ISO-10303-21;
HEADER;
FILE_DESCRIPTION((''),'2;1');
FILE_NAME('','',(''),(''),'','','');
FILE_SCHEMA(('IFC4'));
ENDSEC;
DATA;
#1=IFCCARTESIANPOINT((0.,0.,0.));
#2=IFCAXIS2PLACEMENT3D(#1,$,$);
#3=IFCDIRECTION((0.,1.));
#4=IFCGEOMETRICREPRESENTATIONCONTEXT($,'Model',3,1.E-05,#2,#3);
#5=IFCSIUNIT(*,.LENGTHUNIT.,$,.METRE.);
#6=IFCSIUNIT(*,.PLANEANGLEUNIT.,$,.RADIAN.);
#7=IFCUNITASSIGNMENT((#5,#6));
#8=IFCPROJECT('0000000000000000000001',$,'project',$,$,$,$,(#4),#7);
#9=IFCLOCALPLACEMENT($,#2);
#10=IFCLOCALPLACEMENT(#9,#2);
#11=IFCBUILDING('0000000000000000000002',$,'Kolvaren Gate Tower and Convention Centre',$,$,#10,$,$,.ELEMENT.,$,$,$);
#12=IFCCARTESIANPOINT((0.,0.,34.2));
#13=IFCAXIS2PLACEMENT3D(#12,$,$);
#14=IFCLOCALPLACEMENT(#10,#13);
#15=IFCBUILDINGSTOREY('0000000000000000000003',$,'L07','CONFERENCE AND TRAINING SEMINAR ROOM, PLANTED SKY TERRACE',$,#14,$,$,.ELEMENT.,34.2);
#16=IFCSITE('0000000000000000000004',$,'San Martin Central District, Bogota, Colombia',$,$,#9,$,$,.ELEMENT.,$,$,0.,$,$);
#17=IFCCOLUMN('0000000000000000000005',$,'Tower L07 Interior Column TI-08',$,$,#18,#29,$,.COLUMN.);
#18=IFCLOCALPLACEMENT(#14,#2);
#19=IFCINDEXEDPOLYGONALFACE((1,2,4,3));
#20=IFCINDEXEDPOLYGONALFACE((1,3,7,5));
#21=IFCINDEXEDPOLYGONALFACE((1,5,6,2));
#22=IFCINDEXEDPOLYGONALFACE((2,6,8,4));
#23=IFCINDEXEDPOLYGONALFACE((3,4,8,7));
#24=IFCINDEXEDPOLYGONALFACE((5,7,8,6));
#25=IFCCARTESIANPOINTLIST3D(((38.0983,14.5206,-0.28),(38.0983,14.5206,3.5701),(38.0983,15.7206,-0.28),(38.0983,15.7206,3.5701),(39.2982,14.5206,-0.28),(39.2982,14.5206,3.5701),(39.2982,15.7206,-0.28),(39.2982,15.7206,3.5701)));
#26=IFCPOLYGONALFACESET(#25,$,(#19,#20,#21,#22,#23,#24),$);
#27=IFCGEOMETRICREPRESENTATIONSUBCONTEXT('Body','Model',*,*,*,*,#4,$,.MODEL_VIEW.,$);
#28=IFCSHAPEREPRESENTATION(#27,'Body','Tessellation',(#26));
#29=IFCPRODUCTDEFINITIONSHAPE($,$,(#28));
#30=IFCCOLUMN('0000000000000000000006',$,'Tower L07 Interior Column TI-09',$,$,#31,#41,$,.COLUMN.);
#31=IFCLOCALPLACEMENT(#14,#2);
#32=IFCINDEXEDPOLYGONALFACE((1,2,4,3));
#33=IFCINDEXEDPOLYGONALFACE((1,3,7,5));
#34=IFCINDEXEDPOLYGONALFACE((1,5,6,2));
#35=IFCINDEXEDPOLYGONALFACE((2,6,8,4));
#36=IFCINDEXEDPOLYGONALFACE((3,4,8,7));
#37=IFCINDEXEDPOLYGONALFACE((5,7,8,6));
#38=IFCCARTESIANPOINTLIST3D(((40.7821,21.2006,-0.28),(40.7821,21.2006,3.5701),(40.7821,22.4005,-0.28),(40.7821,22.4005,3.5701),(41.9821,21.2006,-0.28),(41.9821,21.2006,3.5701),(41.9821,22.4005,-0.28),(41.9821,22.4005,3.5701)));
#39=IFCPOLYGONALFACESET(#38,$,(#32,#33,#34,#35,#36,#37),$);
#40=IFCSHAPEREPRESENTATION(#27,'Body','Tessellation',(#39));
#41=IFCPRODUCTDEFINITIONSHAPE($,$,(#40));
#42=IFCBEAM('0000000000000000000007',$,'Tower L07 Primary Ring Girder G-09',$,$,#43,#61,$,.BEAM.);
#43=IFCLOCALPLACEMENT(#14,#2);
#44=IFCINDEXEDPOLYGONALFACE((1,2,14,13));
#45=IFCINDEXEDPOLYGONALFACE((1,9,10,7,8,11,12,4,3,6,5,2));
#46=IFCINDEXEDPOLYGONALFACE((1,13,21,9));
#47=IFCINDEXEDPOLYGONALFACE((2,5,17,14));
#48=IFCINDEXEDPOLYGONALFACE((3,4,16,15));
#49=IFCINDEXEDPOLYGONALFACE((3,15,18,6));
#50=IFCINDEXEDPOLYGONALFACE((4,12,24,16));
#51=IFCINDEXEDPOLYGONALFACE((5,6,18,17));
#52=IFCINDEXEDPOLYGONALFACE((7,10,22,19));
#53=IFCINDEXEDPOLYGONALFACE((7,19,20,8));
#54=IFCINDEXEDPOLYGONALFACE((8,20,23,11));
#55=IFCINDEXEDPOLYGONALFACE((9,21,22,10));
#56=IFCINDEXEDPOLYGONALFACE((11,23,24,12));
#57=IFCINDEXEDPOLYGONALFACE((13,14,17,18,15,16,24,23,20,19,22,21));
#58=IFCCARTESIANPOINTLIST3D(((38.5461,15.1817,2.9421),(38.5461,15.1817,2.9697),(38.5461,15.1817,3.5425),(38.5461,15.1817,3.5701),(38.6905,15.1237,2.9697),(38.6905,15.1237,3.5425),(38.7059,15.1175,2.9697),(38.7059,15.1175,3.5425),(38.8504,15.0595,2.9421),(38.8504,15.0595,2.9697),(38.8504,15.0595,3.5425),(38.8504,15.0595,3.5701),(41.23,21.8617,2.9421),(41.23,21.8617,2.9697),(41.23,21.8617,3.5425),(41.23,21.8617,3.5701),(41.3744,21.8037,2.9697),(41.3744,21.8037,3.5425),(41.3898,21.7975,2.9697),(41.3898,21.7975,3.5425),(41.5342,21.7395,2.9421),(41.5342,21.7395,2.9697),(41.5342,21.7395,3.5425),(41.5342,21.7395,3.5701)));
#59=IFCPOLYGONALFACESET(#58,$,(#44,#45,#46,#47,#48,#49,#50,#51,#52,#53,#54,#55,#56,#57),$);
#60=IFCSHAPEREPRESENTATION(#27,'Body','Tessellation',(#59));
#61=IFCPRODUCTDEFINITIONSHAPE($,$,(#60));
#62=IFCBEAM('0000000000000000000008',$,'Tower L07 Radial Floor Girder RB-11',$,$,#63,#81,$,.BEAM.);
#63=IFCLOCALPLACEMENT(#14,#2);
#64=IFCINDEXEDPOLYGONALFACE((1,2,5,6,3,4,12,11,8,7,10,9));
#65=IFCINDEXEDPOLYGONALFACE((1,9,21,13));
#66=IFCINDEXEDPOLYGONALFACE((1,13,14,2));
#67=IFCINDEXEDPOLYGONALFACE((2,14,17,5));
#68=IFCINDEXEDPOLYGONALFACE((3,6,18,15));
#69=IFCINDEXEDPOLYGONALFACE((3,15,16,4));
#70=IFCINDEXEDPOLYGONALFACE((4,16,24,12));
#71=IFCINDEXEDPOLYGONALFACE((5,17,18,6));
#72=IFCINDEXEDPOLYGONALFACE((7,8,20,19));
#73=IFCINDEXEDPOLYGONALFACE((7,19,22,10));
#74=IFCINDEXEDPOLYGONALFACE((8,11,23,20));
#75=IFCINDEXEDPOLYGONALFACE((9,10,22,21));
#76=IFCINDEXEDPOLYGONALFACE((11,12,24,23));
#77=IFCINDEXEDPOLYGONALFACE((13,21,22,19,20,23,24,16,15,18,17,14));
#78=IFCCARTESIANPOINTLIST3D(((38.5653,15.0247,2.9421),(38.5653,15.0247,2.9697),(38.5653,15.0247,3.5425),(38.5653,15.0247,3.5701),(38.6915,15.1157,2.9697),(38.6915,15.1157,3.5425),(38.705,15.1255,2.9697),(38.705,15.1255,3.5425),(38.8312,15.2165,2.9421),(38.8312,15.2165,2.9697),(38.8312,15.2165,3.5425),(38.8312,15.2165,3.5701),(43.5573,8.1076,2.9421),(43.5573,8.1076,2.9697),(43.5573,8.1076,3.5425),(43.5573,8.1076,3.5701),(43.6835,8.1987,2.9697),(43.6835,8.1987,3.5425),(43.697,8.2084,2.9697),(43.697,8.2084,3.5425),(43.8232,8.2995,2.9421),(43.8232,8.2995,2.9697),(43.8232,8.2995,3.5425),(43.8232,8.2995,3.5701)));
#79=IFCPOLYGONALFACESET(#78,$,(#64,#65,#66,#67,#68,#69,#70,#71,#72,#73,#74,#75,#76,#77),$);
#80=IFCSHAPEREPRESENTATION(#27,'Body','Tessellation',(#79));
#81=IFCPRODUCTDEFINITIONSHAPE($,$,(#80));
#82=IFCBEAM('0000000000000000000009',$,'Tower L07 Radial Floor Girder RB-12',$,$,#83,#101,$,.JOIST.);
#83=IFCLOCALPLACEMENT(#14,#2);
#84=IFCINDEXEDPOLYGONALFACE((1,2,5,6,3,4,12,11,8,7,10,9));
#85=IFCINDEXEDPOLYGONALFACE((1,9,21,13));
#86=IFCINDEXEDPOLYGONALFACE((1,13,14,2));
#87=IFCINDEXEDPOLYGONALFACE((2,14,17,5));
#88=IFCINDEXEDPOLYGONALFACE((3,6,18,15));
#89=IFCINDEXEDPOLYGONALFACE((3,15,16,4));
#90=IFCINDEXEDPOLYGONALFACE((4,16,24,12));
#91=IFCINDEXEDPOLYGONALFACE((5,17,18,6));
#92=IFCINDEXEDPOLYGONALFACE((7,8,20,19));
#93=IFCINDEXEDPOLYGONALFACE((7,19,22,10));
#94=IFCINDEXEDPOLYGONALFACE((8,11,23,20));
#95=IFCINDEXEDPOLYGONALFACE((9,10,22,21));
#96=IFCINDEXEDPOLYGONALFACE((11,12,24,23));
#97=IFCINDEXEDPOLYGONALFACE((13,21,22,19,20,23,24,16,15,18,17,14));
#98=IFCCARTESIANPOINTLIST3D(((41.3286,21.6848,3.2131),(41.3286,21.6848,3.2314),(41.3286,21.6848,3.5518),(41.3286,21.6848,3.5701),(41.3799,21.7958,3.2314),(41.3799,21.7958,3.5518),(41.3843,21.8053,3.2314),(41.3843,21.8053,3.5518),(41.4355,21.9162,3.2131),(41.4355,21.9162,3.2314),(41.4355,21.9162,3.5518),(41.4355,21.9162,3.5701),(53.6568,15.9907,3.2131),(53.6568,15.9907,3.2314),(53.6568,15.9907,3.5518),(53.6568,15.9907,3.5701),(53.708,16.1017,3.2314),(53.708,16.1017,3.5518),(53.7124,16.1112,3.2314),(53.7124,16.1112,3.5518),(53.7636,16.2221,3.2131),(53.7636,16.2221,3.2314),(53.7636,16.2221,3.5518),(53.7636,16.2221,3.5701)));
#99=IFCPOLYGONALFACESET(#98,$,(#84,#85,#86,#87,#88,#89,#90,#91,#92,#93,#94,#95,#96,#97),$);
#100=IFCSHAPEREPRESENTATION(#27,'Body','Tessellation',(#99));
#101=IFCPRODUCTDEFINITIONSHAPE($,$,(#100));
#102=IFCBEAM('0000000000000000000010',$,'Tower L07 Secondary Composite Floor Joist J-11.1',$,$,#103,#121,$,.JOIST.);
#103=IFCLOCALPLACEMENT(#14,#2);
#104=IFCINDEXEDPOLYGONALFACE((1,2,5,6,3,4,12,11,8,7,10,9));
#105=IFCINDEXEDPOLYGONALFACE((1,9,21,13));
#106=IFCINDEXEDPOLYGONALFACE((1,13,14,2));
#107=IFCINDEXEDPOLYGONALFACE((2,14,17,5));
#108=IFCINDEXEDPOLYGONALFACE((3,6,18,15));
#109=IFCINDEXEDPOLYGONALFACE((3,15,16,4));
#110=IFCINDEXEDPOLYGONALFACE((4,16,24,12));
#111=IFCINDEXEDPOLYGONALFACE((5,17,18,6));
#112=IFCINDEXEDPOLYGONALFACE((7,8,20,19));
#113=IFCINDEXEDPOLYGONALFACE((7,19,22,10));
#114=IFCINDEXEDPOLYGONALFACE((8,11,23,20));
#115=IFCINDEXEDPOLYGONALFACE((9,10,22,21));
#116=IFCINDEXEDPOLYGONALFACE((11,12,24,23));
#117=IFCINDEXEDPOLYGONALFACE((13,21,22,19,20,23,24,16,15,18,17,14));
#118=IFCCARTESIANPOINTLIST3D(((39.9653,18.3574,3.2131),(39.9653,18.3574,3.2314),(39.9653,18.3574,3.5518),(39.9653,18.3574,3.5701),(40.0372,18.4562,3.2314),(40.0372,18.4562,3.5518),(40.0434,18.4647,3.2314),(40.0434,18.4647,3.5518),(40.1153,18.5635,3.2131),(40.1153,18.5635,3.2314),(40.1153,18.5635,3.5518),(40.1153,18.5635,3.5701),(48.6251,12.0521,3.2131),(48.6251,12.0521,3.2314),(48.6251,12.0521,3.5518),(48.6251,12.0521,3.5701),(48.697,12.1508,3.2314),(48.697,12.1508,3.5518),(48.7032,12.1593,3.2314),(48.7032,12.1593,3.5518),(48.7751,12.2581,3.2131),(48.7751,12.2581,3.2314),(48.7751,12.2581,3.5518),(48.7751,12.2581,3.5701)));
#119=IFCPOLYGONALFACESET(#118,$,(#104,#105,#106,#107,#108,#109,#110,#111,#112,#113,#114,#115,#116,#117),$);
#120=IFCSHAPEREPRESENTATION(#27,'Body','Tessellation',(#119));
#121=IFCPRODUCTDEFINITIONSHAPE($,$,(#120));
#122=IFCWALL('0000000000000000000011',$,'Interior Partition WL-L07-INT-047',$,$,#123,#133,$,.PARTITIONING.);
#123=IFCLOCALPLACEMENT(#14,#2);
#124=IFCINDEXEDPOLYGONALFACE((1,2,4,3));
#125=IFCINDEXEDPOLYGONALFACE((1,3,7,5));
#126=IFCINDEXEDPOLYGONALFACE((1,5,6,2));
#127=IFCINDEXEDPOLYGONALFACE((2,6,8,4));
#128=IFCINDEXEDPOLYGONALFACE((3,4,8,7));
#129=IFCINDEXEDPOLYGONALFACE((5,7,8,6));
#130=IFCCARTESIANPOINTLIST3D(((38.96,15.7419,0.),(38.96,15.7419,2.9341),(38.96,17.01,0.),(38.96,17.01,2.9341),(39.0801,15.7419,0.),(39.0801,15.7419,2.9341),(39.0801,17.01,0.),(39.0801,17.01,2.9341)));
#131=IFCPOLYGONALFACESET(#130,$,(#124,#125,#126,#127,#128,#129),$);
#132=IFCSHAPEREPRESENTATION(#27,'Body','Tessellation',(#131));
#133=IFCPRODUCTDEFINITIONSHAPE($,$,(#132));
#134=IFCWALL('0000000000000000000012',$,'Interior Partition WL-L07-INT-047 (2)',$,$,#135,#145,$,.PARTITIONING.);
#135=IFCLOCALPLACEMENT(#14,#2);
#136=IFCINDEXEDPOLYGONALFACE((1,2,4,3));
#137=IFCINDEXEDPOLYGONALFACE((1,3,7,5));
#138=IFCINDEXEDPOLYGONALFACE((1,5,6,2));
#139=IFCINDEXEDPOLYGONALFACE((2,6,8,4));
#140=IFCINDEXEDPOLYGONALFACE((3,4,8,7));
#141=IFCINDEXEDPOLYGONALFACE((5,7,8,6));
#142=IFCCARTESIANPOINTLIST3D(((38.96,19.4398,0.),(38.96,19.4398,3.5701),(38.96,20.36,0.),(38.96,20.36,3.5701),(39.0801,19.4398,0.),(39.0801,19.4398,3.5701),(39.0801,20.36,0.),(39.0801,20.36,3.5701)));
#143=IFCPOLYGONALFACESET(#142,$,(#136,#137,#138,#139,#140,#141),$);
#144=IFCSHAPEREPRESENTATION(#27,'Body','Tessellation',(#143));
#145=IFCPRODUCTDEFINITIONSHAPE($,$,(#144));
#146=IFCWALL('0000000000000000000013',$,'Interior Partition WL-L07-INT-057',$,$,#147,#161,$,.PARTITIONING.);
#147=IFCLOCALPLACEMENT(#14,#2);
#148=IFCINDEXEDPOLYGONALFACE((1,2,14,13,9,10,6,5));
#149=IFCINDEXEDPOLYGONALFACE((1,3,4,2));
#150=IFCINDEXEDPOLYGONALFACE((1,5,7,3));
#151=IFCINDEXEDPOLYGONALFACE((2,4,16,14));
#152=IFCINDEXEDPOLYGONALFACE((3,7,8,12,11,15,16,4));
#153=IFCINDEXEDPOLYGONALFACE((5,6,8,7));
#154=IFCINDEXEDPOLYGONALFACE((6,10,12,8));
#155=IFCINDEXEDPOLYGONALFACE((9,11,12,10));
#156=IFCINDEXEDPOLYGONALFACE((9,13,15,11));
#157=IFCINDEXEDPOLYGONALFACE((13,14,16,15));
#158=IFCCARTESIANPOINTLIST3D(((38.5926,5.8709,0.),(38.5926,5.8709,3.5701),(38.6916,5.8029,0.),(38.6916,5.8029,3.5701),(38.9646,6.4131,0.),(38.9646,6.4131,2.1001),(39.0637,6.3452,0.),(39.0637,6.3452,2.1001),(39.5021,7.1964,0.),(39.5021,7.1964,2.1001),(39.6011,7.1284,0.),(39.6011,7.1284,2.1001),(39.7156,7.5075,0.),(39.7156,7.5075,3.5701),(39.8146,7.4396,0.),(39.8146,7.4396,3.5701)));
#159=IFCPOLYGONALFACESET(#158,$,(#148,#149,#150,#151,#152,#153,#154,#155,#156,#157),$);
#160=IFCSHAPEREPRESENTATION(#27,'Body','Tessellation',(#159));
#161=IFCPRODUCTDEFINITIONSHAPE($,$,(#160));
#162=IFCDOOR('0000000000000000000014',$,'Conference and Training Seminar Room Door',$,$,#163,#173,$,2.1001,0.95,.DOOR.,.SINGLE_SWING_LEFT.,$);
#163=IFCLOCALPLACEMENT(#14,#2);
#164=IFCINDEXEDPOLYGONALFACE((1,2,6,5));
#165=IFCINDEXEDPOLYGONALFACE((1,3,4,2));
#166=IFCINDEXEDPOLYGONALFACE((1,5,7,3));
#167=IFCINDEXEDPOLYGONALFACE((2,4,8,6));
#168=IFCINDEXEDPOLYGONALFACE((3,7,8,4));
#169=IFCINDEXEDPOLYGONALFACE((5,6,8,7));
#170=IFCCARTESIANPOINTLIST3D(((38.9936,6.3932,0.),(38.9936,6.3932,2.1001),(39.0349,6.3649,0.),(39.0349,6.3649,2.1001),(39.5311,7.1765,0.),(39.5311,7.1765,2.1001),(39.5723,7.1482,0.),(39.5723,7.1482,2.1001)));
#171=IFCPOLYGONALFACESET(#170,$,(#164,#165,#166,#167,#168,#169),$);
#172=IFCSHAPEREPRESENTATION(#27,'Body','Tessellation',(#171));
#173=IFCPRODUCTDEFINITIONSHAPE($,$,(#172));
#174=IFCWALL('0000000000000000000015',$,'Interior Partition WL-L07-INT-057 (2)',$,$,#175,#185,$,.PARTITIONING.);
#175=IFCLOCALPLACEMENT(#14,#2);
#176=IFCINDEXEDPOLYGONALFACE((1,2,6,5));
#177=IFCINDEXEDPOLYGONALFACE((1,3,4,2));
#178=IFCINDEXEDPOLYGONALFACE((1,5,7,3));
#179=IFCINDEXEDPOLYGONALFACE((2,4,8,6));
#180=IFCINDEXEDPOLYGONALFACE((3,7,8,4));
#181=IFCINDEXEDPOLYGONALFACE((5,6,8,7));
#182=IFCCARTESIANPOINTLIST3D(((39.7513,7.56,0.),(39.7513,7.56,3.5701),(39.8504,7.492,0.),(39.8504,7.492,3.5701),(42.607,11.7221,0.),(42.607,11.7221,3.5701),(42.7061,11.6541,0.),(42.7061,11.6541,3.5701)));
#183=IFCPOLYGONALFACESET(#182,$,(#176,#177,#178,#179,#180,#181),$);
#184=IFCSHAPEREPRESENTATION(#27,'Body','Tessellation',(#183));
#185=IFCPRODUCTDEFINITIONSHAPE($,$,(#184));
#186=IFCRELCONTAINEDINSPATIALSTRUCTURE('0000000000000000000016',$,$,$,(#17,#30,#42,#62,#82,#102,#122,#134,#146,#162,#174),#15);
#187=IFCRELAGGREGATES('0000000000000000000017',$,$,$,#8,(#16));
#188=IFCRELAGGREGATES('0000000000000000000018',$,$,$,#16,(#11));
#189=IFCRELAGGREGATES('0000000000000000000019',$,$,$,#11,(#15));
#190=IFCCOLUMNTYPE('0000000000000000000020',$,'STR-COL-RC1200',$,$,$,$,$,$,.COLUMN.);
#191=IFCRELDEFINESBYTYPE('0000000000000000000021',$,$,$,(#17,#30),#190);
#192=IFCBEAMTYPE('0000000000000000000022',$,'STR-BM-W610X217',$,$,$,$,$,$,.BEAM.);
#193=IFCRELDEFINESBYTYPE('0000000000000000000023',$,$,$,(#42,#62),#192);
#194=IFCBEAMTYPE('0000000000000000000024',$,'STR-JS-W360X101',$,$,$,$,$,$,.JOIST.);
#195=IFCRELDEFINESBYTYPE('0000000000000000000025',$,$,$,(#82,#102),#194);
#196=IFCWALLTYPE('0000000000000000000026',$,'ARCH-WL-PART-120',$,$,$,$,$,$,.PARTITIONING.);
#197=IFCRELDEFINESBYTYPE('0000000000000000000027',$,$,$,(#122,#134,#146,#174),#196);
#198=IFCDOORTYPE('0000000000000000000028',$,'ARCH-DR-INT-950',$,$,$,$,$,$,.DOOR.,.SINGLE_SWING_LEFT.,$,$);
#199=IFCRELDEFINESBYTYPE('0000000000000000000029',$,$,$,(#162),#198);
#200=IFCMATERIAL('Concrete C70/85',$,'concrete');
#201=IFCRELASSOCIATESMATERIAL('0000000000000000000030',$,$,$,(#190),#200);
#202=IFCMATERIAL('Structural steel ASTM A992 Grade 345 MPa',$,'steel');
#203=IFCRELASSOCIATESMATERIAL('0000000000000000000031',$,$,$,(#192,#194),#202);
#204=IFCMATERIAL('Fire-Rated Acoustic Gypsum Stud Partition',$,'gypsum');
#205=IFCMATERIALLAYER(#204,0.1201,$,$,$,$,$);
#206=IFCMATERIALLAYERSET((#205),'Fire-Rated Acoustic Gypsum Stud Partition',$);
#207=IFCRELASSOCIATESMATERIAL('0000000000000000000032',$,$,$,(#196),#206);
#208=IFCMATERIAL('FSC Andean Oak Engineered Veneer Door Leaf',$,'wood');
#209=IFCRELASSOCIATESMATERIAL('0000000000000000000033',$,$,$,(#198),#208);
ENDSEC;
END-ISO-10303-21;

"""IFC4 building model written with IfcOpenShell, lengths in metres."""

from ifc_helpers import new_model, si_unit, direction, frame, frame_2d, origin, origin_2d, place, context, subcontext, project, spatial, rectangle, i_section, extrude, material, layer, layer_set, material_profile, profile_set, type_object, element, fill, save


model = new_model("IFC4")

# Units and contexts
model_context = context("Model", 3, precision=1e-05, world=origin(), true_north=direction((0.0, 1.0)))
body_context = subcontext(model_context, "Body", "Model", "MODEL_VIEW")
ifc_project = project(units=[si_unit("LENGTHUNIT", "METRE"), si_unit("PLANEANGLEUNIT", "RADIAN")], contexts=[model_context])

# Site, building, storey
site_placement = place(None, origin())
site = spatial("IfcSite", under=ifc_project, at=site_placement, Name="San Martin Central District, Bogota, Colombia", CompositionType="ELEMENT", RefElevation=0.0)
building_placement = place(site_placement, origin())
building = spatial("IfcBuilding", under=site, at=building_placement, Name="Kolvaren Gate Tower and Convention Centre", CompositionType="ELEMENT")
storey_placement = place(building_placement, frame((0.0, 0.0, 34.2)))
storey = spatial("IfcBuildingStorey", under=building, at=storey_placement, Name="L07", Description="CONFERENCE AND TRAINING SEMINAR ROOM, PLANTED SKY TERRACE", CompositionType="ELEMENT", Elevation=34.2)

# Columns
ifc_material_1 = material(Name="Concrete C70/85", Category="concrete")
ifc_material_profile_1 = material_profile(ifc_material_1, rectangle(XDim=1.2, YDim=1.2, at=origin_2d()), Name="RC-COL-1200X1200")
ifc_profile_set_1 = profile_set([ifc_material_profile_1], Name="Concrete C70/85")
column_type = type_object("IfcColumnType", Name="STR-COL-RC1200", PredefinedType="COLUMN", material=ifc_profile_set_1)
for number, where, z_axis, x_axis, name in (
    (1, (38.6982, 15.1206, -0.28), (0.0, 0.0, 1.0), (1.0, 0.0, 0.0), "Tower L07 Interior Column TI-08"),
    (2, (41.3821, 21.8005, -0.28), (0.0, 0.0, 1.0), (1.0, 0.0, 0.0), "Tower L07 Interior Column TI-09"),
):
    element("IfcColumn", number, at=place(storey_placement, frame(where, z_axis=z_axis, x_axis=x_axis)), inside=storey, type_object=column_type, Name=name, PredefinedType="COLUMN", context=body_context, shape_type="SweptSolid", body=[
        extrude(rectangle(XDim=1.2, YDim=1.2, at=origin_2d()), origin(), (0.0, 0.0, 1.0), 3.8501),
    ])

# Beams
ifc_material_2 = material(Name="Structural steel ASTM A992 Grade 345 MPa", Category="steel")
ifc_material_profile_2 = material_profile(ifc_material_2, i_section(OverallWidth=0.3279, OverallDepth=0.6279, WebThickness=0.0166, FlangeThickness=0.0276, at=origin_2d()), Name="W610X217")
ifc_profile_set_2 = profile_set([ifc_material_profile_2], Name="Structural steel ASTM A992 Grade 345 MPa")
beam_type_1 = type_object("IfcBeamType", Name="STR-BM-W610X217", PredefinedType="BEAM", material=ifc_profile_set_2)
beam_1_placement = place(storey_placement, frame((38.6982, 15.1206, 3.2561), z_axis=(0.372811, 0.927907, 0.0), x_axis=(-0.927907, 0.372811, 0.0)))
element("IfcBeam", 3, at=beam_1_placement, inside=storey, type_object=beam_type_1, Name="Tower L07 Primary Ring Girder G-09", PredefinedType="BEAM", context=body_context, shape_type="SweptSolid", body=[
    extrude(i_section(OverallWidth=0.3279, OverallDepth=0.6279, WebThickness=0.0166, FlangeThickness=0.0276, at=origin_2d()), origin(), (0.0, 0.0, 1.0), 7.199),
])
beam_2_placement = place(storey_placement, frame((38.6982, 15.1206, 3.2561), z_axis=(0.585208, -0.810883, 0.0), x_axis=(0.810883, 0.585208, 0.0)))
element("IfcBeam", 4, at=beam_2_placement, inside=storey, type_object=beam_type_1, Name="Tower L07 Radial Floor Girder RB-11", PredefinedType="BEAM", context=body_context, shape_type="SweptSolid", body=[
    extrude(i_section(OverallWidth=0.3279, OverallDepth=0.6279, WebThickness=0.0166, FlangeThickness=0.0276, at=origin_2d()), origin(), (0.0, 0.0, 1.0), 8.5303),
])
ifc_material_profile_3 = material_profile(ifc_material_2, i_section(OverallWidth=0.2549, OverallDepth=0.3569, WebThickness=0.0105, FlangeThickness=0.0183, at=origin_2d()), Name="W360X101")
ifc_profile_set_3 = profile_set([ifc_material_profile_3], Name="Structural steel ASTM A992 Grade 345 MPa")
beam_type_2 = type_object("IfcBeamType", Name="STR-JS-W360X101", PredefinedType="JOIST", material=ifc_profile_set_3)
beam_3_placement = place(storey_placement, frame((41.3821, 21.8005, 3.3916), z_axis=(0.907842, -0.419312, 0.0), x_axis=(0.419312, 0.907842, 0.0)))
element("IfcBeam", 5, at=beam_3_placement, inside=storey, type_object=beam_type_2, Name="Tower L07 Radial Floor Girder RB-12", PredefinedType="JOIST", context=body_context, shape_type="SweptSolid", body=[
    extrude(i_section(OverallWidth=0.2549, OverallDepth=0.3569, WebThickness=0.0105, FlangeThickness=0.0183, at=origin_2d()), origin(), (0.0, 0.0, 1.0), 13.5796),
])
beam_4_placement = place(storey_placement, frame((40.0403, 18.4604, 3.3916), z_axis=(0.808412, -0.588617, 0.0), x_axis=(0.588617, 0.808412, 0.0)))
element("IfcBeam", 6, at=beam_4_placement, inside=storey, type_object=beam_type_2, Name="Tower L07 Secondary Composite Floor Joist J-11.1", PredefinedType="JOIST", context=body_context, shape_type="SweptSolid", body=[
    extrude(i_section(OverallWidth=0.2549, OverallDepth=0.3569, WebThickness=0.0105, FlangeThickness=0.0183, at=origin_2d()), origin(), (0.0, 0.0, 1.0), 10.7122),
])

# Walls
ifc_material_3 = material(Name="Fire-Rated Acoustic Gypsum Stud Partition", Category="gypsum")
ifc_layer_1 = layer(ifc_material_3, 0.1201)
ifc_layer_set_1 = layer_set([ifc_layer_1], Name="Fire-Rated Acoustic Gypsum Stud Partition")
wall_type_1 = type_object("IfcWallType", Name="ARCH-WL-PART-120", PredefinedType="PARTITIONING", material=ifc_layer_set_1)
wall_1_placement = place(storey_placement, frame((39.02, 15.7419, 0.0), z_axis=(0.0, 0.0, 1.0), x_axis=(0.0, 1.0, 0.0)))
element("IfcWall", 7, at=wall_1_placement, inside=storey, type_object=wall_type_1, Name="Interior Partition WL-L07-INT-047", PredefinedType="PARTITIONING", context=body_context, shape_type="SweptSolid", body=[
    extrude(rectangle(XDim=1.2681, YDim=0.1201, at=frame_2d((0.634, 0.0))), origin(), (0.0, 0.0, 1.0), 2.9341),
])
wall_2_placement = place(storey_placement, frame((39.02, 19.4399, 0.0), z_axis=(0.0, 0.0, 1.0), x_axis=(0.0, 1.0, 0.0)))
element("IfcWall", 8, at=wall_2_placement, inside=storey, type_object=wall_type_1, Name="Interior Partition WL-L07-INT-047 (2)", PredefinedType="PARTITIONING", context=body_context, shape_type="SweptSolid", body=[
    extrude(rectangle(XDim=0.9202, YDim=0.1201, at=frame_2d((0.46, 0.0))), origin(), (0.0, 0.0, 1.0), 3.5701),
])

# Wall, opening, door
wall_3_placement = place(storey_placement, frame((38.6421, 5.8369, 0.0), z_axis=(0.0, 0.0, 1.0), x_axis=(0.565777, 0.824558, 0.0)))
wall_3 = element("IfcWall", 9, at=wall_3_placement, inside=storey, type_object=wall_type_1, Name="Interior Partition WL-L07-INT-057", PredefinedType="PARTITIONING", context=body_context, shape_type="SweptSolid", body=[
    extrude(rectangle(XDim=1.9849, YDim=0.1201, at=frame_2d((0.9924, 0.0))), origin(), (0.0, 0.0, 1.0), 3.5701),
])
opening_1_placement = place(wall_3_placement, frame((0.6575, 0.0, 0.0)))
opening_1 = element("IfcOpeningElement", 10, at=opening_1_placement, cuts=wall_3, PredefinedType="OPENING", context=body_context, shape_type="SweptSolid", body=[
    extrude(rectangle(XDim=0.95, YDim=2.1001, at=frame_2d((0.4751, 1.05))), frame((0.0, 0.0701, 0.0), z_axis=(0.0, -1.0, 0.0), x_axis=(1.0, 0.0, 0.0)), (0.0, 0.0, 1.0), 0.1401),
])
ifc_material_4 = material(Name="FSC Andean Oak Engineered Veneer Door Leaf", Category="wood")
door_type = type_object("IfcDoorType", Name="ARCH-DR-INT-950", OperationType="SINGLE_SWING_LEFT", PredefinedType="DOOR", material=ifc_material_4)
door_placement = place(opening_1_placement, origin())
door = element("IfcDoor", 11, at=door_placement, inside=storey, type_object=door_type, Name="Conference and Training Seminar Room Door", OperationType="SINGLE_SWING_LEFT", OverallHeight=2.1001, OverallWidth=0.95, PredefinedType="DOOR", context=body_context, shape_type="SweptSolid", body=[
    extrude(rectangle(XDim=0.95, YDim=2.1001, at=frame_2d((0.4751, 1.05))), frame((0.0, 0.0249, 0.0), z_axis=(0.0, -1.0, 0.0), x_axis=(1.0, 0.0, 0.0)), (0.0, 0.0, 1.0), 0.05),
])
fill(opening_1, door)

# Wall
wall_4_placement = place(storey_placement, frame((39.8008, 7.5259, 0.0), z_axis=(0.0, 0.0, 1.0), x_axis=(0.565757, 0.824572, 0.0)))
element("IfcWall", 12, at=wall_4_placement, inside=storey, type_object=wall_type_1, Name="Interior Partition WL-L07-INT-057 (2)", PredefinedType="PARTITIONING", context=body_context, shape_type="SweptSolid", body=[
    extrude(rectangle(XDim=5.0476, YDim=0.1201, at=frame_2d((2.5239, 0.0))), origin(), (0.0, 0.0, 1.0), 3.5701),
])

save(model, "model.ifc")
